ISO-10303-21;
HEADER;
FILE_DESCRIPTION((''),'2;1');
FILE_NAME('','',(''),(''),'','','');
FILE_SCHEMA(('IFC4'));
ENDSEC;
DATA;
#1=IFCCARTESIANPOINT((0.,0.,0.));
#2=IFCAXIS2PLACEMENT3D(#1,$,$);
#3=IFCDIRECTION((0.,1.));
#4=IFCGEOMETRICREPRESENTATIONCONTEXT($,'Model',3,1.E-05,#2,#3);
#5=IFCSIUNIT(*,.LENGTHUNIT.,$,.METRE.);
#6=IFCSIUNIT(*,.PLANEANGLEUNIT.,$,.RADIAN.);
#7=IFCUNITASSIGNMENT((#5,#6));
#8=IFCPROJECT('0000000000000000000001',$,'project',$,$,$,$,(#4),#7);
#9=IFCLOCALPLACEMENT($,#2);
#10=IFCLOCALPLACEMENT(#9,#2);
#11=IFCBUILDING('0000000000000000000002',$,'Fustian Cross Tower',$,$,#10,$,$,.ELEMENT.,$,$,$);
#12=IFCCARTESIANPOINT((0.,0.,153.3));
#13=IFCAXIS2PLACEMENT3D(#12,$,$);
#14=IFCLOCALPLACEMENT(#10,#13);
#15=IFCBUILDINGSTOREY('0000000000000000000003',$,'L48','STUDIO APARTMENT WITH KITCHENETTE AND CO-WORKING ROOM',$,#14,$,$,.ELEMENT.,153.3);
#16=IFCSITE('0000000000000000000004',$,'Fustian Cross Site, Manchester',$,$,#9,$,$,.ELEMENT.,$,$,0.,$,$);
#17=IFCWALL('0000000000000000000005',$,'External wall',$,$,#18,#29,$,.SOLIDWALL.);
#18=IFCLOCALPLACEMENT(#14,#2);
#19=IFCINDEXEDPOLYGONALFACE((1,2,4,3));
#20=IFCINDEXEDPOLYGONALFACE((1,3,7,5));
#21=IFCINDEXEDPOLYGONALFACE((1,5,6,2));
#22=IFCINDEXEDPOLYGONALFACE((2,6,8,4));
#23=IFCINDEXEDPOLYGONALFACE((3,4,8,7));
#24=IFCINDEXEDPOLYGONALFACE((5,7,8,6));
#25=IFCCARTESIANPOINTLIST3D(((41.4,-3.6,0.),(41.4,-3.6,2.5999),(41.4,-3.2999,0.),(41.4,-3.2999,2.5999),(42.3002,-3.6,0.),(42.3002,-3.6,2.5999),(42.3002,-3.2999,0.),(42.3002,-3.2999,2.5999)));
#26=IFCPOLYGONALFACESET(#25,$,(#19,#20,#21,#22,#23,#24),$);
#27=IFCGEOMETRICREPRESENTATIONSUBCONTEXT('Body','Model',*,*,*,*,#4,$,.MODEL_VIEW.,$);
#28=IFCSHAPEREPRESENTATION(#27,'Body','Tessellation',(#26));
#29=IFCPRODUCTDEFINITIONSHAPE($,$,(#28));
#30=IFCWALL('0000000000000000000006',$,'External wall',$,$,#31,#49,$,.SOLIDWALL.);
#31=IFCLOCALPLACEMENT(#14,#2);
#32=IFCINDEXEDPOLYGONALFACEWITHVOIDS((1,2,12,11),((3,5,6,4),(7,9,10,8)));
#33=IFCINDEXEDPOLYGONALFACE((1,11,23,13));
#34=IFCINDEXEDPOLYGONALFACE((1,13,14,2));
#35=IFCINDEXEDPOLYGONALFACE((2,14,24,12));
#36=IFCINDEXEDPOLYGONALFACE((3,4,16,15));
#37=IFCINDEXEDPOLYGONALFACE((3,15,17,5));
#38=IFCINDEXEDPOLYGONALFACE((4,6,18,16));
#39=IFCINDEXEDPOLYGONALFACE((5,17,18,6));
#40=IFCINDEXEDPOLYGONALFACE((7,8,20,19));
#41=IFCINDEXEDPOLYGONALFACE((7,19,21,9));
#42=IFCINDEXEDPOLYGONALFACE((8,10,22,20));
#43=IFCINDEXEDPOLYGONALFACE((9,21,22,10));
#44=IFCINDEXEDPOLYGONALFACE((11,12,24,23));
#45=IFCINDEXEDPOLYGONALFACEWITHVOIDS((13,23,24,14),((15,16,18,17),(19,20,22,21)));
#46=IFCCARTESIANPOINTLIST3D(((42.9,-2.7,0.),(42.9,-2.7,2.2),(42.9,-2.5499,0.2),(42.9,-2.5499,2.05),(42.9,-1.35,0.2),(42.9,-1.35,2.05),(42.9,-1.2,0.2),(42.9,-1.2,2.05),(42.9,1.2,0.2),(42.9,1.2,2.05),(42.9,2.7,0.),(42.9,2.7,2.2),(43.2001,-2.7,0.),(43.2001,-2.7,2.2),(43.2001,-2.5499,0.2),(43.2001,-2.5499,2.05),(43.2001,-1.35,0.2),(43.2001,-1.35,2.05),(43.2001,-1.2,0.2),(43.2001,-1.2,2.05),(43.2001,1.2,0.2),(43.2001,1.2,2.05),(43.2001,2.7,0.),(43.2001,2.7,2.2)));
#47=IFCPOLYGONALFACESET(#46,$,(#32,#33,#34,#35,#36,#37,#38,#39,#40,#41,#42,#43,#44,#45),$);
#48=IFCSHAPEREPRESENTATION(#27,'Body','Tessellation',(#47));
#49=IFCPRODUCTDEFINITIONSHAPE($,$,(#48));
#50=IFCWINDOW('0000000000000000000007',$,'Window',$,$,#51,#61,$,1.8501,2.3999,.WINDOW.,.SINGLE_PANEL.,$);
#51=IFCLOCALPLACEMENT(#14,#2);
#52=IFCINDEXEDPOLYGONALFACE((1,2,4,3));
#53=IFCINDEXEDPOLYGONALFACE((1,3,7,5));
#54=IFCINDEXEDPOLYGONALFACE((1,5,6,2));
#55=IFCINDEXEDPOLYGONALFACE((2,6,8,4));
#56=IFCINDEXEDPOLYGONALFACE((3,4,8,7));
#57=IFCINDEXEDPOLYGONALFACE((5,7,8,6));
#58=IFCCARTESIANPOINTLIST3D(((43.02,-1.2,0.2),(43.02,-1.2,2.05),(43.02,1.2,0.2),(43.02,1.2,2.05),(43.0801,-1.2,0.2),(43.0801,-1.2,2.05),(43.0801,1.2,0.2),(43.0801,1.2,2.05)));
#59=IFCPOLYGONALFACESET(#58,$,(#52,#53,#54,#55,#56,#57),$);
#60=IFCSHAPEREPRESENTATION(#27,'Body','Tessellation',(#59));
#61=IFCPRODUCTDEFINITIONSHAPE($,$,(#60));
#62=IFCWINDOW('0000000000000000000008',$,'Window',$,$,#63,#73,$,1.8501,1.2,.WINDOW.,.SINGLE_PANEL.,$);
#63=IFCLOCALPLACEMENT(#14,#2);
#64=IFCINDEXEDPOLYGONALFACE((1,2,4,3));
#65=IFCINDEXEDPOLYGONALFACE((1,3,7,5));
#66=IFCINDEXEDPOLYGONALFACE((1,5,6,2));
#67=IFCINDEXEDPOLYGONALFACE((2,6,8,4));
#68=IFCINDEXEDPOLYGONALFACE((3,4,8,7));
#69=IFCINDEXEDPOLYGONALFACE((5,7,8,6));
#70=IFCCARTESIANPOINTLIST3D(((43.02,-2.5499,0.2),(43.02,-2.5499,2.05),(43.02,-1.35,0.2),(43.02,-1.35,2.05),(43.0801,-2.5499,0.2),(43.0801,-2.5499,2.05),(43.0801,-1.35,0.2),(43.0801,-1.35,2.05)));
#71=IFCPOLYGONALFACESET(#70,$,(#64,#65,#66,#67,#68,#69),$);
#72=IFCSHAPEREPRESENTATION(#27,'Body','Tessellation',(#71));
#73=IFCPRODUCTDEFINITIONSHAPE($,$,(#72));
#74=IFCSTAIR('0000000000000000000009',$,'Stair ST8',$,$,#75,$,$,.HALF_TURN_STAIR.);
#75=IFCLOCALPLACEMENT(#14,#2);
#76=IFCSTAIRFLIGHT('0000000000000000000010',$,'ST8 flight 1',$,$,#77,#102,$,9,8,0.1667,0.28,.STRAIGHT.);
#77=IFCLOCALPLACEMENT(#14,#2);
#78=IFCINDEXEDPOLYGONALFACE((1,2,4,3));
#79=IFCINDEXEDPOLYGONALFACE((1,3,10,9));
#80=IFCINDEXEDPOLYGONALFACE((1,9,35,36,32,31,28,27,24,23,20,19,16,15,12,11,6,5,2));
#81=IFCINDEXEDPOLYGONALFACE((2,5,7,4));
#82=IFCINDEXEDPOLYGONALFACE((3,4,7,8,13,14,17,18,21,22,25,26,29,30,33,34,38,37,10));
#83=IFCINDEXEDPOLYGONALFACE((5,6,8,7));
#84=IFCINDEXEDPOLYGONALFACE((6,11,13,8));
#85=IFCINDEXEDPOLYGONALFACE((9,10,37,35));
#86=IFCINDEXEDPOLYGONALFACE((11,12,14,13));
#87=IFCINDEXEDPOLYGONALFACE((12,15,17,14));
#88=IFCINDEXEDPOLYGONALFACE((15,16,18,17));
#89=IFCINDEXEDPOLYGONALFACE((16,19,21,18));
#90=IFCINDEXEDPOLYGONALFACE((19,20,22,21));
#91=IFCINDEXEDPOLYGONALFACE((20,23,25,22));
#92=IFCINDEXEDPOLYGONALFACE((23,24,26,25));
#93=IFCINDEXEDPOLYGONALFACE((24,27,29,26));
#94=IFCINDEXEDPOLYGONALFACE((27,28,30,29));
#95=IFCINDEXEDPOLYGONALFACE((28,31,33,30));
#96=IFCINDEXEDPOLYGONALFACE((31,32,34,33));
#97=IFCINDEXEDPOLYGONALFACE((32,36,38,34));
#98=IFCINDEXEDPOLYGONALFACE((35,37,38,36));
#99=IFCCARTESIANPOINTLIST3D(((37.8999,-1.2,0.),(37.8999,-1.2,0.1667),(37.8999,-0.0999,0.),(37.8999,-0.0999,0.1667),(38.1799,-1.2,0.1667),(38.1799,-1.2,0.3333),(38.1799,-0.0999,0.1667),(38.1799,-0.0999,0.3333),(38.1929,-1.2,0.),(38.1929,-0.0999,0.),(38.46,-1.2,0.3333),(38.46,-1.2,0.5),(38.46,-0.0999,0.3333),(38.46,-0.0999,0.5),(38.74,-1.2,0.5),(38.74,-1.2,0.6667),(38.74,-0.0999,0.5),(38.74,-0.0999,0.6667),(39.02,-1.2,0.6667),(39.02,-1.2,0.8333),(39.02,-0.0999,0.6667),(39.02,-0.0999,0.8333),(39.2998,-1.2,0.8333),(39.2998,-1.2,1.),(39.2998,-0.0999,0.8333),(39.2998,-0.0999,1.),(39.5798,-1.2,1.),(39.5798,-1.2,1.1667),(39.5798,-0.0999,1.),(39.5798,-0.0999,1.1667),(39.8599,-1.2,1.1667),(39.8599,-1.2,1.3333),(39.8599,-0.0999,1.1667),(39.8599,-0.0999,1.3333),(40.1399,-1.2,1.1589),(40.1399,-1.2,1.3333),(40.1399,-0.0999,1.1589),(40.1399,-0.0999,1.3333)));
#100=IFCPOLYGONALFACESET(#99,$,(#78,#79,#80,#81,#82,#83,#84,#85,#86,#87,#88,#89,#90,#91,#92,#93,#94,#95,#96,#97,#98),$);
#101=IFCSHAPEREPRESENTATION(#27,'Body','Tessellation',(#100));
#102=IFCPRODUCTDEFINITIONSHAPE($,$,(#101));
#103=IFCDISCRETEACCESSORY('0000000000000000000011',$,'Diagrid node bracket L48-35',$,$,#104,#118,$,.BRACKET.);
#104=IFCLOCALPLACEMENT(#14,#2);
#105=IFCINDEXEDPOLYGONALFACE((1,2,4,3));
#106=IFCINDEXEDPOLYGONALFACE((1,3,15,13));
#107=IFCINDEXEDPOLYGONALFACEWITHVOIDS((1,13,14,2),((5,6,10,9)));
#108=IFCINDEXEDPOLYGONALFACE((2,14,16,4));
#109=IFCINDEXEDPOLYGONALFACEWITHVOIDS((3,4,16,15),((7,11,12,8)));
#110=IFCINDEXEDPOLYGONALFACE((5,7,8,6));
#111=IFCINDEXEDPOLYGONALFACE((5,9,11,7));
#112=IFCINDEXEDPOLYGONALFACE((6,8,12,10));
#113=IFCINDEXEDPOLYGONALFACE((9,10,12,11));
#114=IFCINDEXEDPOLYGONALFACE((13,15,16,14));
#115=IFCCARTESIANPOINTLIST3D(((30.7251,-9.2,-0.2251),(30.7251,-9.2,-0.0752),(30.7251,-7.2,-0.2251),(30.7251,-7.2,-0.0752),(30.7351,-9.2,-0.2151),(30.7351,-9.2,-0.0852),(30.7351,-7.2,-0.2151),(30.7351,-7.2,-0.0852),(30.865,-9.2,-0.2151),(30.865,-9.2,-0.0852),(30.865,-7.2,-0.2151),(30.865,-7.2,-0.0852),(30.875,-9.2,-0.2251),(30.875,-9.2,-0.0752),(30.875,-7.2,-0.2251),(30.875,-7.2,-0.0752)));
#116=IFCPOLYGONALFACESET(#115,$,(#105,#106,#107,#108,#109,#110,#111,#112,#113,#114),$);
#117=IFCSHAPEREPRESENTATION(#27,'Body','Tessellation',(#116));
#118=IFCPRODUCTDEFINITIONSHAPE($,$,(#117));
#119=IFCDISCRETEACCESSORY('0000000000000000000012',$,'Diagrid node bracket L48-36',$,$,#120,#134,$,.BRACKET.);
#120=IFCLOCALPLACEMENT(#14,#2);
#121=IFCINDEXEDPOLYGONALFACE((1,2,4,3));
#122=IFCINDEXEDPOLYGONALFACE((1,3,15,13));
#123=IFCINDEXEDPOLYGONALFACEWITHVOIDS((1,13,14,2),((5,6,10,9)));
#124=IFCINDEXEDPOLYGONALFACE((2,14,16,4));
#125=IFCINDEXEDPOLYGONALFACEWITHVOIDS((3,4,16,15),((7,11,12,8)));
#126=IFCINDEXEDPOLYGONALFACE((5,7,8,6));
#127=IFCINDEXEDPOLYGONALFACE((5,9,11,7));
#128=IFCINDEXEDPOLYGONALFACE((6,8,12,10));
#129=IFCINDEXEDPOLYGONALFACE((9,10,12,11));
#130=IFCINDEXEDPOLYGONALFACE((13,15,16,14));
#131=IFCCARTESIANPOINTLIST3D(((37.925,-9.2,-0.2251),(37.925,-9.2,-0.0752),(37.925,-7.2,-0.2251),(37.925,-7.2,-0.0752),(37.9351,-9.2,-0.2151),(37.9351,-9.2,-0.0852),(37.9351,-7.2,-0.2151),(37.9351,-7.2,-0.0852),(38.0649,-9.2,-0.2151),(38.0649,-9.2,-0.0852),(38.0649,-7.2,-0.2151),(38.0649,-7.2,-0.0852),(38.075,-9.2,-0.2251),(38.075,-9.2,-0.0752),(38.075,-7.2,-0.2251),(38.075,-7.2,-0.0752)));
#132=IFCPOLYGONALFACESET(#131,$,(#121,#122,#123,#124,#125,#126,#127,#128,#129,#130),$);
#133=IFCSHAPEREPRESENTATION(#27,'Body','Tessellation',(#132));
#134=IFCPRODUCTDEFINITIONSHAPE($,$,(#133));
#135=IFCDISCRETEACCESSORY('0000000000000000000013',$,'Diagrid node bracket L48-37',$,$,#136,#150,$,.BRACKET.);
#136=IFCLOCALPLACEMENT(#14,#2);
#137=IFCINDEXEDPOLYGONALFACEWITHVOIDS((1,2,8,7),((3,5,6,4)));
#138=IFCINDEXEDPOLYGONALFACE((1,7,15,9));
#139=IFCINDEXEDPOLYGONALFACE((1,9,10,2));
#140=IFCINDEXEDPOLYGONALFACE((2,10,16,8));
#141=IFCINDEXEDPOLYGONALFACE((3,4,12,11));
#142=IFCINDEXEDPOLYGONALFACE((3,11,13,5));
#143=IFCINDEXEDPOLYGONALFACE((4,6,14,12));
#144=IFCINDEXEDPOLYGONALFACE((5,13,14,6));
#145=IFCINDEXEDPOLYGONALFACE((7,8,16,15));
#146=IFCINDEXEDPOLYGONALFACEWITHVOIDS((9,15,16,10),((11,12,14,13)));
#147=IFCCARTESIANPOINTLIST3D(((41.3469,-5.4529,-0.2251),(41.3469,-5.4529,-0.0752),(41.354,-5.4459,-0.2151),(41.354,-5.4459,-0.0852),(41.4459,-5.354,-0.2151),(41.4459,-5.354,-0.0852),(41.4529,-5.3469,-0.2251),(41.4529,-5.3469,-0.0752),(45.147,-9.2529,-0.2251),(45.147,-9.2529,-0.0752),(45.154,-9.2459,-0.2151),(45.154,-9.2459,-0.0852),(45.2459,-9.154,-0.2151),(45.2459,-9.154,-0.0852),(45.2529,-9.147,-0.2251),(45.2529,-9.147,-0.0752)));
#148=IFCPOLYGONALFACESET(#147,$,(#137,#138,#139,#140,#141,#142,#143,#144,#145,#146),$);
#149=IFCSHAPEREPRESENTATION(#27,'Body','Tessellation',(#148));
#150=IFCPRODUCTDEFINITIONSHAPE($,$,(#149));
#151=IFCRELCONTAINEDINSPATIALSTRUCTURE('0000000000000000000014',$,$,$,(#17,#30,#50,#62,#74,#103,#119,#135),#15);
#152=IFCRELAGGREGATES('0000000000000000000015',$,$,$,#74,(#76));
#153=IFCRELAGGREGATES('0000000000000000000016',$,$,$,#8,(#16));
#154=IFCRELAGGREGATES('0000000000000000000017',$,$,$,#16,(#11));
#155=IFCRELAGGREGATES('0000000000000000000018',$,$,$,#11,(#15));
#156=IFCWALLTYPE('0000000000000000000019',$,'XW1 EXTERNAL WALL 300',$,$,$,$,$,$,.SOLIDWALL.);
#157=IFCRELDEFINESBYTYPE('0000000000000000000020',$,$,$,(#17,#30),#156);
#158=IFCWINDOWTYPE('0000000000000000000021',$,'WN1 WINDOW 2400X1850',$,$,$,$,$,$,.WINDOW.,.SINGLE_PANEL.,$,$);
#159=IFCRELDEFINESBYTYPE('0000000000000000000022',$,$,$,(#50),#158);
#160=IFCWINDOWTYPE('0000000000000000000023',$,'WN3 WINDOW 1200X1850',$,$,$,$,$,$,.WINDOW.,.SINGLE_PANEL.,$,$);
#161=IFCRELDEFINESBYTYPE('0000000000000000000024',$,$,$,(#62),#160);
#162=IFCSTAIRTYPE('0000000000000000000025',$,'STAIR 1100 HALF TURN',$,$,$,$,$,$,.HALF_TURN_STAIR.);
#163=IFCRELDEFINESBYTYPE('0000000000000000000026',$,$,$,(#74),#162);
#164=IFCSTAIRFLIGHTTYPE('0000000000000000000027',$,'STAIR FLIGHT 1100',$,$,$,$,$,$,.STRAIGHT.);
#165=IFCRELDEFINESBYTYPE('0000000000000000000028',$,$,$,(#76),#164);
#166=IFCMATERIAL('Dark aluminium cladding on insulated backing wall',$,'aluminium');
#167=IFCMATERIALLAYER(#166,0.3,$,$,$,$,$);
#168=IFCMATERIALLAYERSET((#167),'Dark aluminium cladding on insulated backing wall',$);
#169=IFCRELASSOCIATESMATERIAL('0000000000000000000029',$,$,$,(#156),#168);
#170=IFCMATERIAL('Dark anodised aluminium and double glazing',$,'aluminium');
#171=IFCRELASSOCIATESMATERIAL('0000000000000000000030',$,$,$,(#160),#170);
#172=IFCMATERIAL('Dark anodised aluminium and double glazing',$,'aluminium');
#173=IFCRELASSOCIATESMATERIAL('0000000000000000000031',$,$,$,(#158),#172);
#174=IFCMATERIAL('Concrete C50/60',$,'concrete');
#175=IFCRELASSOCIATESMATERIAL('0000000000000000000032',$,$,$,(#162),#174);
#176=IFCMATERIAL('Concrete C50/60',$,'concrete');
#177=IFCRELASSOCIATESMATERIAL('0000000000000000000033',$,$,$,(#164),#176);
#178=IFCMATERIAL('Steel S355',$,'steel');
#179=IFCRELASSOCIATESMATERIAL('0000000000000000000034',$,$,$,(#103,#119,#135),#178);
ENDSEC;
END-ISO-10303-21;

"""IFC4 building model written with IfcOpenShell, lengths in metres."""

from ifc_helpers import new_model, si_unit, direction, frame, frame_2d, origin, origin_2d, place, context, subcontext, project, spatial, polyline, rectangle, hollow_rectangle, outline, extrude, material, layer, layer_set, type_object, element, fill, aggregate, save


model = new_model("IFC4")

# Units and contexts
model_context = context("Model", 3, precision=1e-05, world=origin(), true_north=direction((0.0, 1.0)))
body_context = subcontext(model_context, "Body", "Model", "MODEL_VIEW")
ifc_project = project(units=[si_unit("LENGTHUNIT", "METRE"), si_unit("PLANEANGLEUNIT", "RADIAN")], contexts=[model_context])

# Site, building, storey
site_placement = place(None, origin())
site = spatial("IfcSite", under=ifc_project, at=site_placement, Name="Fustian Cross Site, Manchester", CompositionType="ELEMENT", RefElevation=0.0)
building_placement = place(site_placement, origin())
building = spatial("IfcBuilding", under=site, at=building_placement, Name="Fustian Cross Tower", CompositionType="ELEMENT")
storey_placement = place(building_placement, frame((0.0, 0.0, 153.3)))
storey = spatial("IfcBuildingStorey", under=building, at=storey_placement, Name="L48", Description="STUDIO APARTMENT WITH KITCHENETTE AND CO-WORKING ROOM", CompositionType="ELEMENT", Elevation=153.3)

# Shared definitions
ifc_material_1 = material(Name="Dark aluminium cladding on insulated backing wall", Category="aluminium")
ifc_layer_1 = layer(ifc_material_1, 0.3)
ifc_layer_set_1 = layer_set([ifc_layer_1], Name="Dark aluminium cladding on insulated backing wall")
wall_type_1 = type_object("IfcWallType", Name="XW1 EXTERNAL WALL 300", PredefinedType="SOLIDWALL", material=ifc_layer_set_1)
ifc_material_2 = material(Name="Dark anodised aluminium and double glazing", Category="aluminium")
window_type_1 = type_object("IfcWindowType", Name="WN3 WINDOW 1200X1850", PartitioningType="SINGLE_PANEL", PredefinedType="WINDOW", material=ifc_material_2)

# Wall
wall_1_placement = place(storey_placement, frame((41.3999, -3.45, 0.0), z_axis=(0.0, 0.0, 1.0), x_axis=(1.0, 0.0, 0.0)))
element("IfcWall", 1, at=wall_1_placement, inside=storey, type_object=wall_type_1, Name="External wall", PredefinedType="SOLIDWALL", context=body_context, shape_type="SweptSolid", body=[
    extrude(rectangle(XDim=0.9001, YDim=0.3, at=frame_2d((0.4502, 0.0))), origin(), (0.0, 0.0, 1.0), 2.5999),
])

# Wall, openings, windows
wall_2_placement = place(storey_placement, frame((43.05, -2.7, 0.0), z_axis=(0.0, 0.0, 1.0), x_axis=(0.0, 1.0, 0.0)))
wall_2 = element("IfcWall", 2, at=wall_2_placement, inside=storey, type_object=wall_type_1, Name="External wall", PredefinedType="SOLIDWALL", context=body_context, shape_type="SweptSolid", body=[
    extrude(rectangle(XDim=5.3999, YDim=0.3, at=frame_2d((2.7, 0.0))), origin(), (0.0, 0.0, 1.0), 2.2),
])
opening_1_placement = place(wall_2_placement, frame((1.5, 0.0, 0.2)))
opening_1 = element("IfcOpeningElement", 3, at=opening_1_placement, cuts=wall_2, PredefinedType="OPENING", context=body_context, shape_type="SweptSolid", body=[
    extrude(rectangle(XDim=2.3999, YDim=1.8501, at=frame_2d((1.2, 0.925))), frame((0.0, 0.1599, 0.0), z_axis=(0.0, -1.0, 0.0), x_axis=(1.0, 0.0, 0.0)), (0.0, 0.0, 1.0), 0.3201),
])
opening_2_placement = place(wall_2_placement, frame((0.1499, 0.0, 0.2)))
opening_2 = element("IfcOpeningElement", 4, at=opening_2_placement, cuts=wall_2, PredefinedType="OPENING", context=body_context, shape_type="SweptSolid", body=[
    extrude(rectangle(XDim=1.2, YDim=1.8501, at=frame_2d((0.6001, 0.925))), frame((0.0, 0.1599, 0.0), z_axis=(0.0, -1.0, 0.0), x_axis=(1.0, 0.0, 0.0)), (0.0, 0.0, 1.0), 0.3201),
])
ifc_material_3 = material(Name="Dark anodised aluminium and double glazing", Category="aluminium")
window_type_2 = type_object("IfcWindowType", Name="WN1 WINDOW 2400X1850", PartitioningType="SINGLE_PANEL", PredefinedType="WINDOW", material=ifc_material_3)
window_1_placement = place(opening_1_placement, origin())
window_1 = element("IfcWindow", 5, at=window_1_placement, inside=storey, type_object=window_type_2, Name="Window", OverallHeight=1.8501, OverallWidth=2.3999, PartitioningType="SINGLE_PANEL", PredefinedType="WINDOW", context=body_context, shape_type="SweptSolid", body=[
    extrude(rectangle(XDim=2.3999, YDim=1.8501, at=frame_2d((1.2, 0.925))), frame((0.0, 0.03, 0.0), z_axis=(0.0, -1.0, 0.0), x_axis=(1.0, 0.0, 0.0)), (0.0, 0.0, 1.0), 0.0601),
])
fill(opening_1, window_1)
window_2_placement = place(opening_2_placement, origin())
window_2 = element("IfcWindow", 6, at=window_2_placement, inside=storey, type_object=window_type_1, Name="Window", OverallHeight=1.8501, OverallWidth=1.2, PartitioningType="SINGLE_PANEL", PredefinedType="WINDOW", context=body_context, shape_type="SweptSolid", body=[
    extrude(rectangle(XDim=1.2, YDim=1.8501, at=frame_2d((0.6001, 0.925))), frame((0.0, 0.03, 0.0), z_axis=(0.0, -1.0, 0.0), x_axis=(1.0, 0.0, 0.0)), (0.0, 0.0, 1.0), 0.0601),
])
fill(opening_2, window_2)

# Stair, stair flight
ifc_material_4 = material(Name="Concrete C50/60", Category="concrete")
stair_type = type_object("IfcStairType", Name="STAIR 1100 HALF TURN", PredefinedType="HALF_TURN_STAIR", material=ifc_material_4)
stair_placement = place(storey_placement, origin())
stair = element("IfcStair", 7, at=stair_placement, inside=storey, type_object=stair_type, Name="Stair ST8", PredefinedType="HALF_TURN_STAIR")
ifc_material_5 = material(Name="Concrete C50/60", Category="concrete")
stair_flight_type = type_object("IfcStairFlightType", Name="STAIR FLIGHT 1100", PredefinedType="STRAIGHT", material=ifc_material_5)
stair_flight_placement = place(storey_placement, frame((37.8999, -0.6499, 0.0), z_axis=(0.0, 0.0, 1.0), x_axis=(1.0, 0.0, 0.0)))
stair_flight = element("IfcStairFlight", 8, at=stair_flight_placement, type_object=stair_flight_type, Name="ST8 flight 1", NumberOfRisers=9, NumberOfTreads=8, PredefinedType="STRAIGHT", RiserHeight=0.1667, TreadLength=0.28, context=body_context, shape_type="SweptSolid", body=[
    extrude(outline(polyline([(0.0, 0.0), (0.0, 0.1667), (0.28, 0.1667), (0.28, 0.3333), (0.5601, 0.3333), (0.5601, 0.5), (0.8401, 0.5), (0.8401, 0.6667), (1.1201, 0.6667), (1.1201, 0.8333), (1.3999, 0.8333), (1.3999, 1.0), (1.6799, 1.0), (1.6799, 1.1667), (1.96, 1.1667), (1.96, 1.3333), (2.24, 1.3333), (2.24, 1.5), (2.24, 1.1589), (0.293, 0.0), (0.0, 0.0)])), frame((0.0, 0.55, 0.0), z_axis=(0.0, -1.0, 0.0), x_axis=(1.0, 0.0, 0.0)), (0.0, 0.0, 1.0), 1.1001),
])
aggregate(stair, [stair_flight])

# Discrete accessories
ifc_material_6 = material(Name="Steel S355", Category="steel")
for number, where, z_axis, x_axis, name in (
    (9, (30.8, -9.2, -0.1501), (0.0, 1.0, 0.0), (-1.0, 0.0, 0.0), "Diagrid node bracket L48-35"),
    (10, (38.0, -9.2, -0.1501), (0.0, 1.0, 0.0), (-1.0, 0.0, 0.0), "Diagrid node bracket L48-36"),
):
    element("IfcDiscreteAccessory", number, at=place(storey_placement, frame(where, z_axis=z_axis, x_axis=x_axis)), inside=storey, material=ifc_material_6, Name=name, PredefinedType="BRACKET", context=body_context, shape_type="SweptSolid", body=[
        extrude(hollow_rectangle(XDim=0.1499, YDim=0.1499, WallThickness=0.01, at=origin_2d()), origin(), (0.0, 0.0, 1.0), 2.0),
    ])
discrete_accessory_placement = place(storey_placement, frame((45.2, -9.2, -0.1501), z_axis=(-0.707107, 0.707107, 0.0), x_axis=(-0.707107, -0.707107, 0.0)))
element("IfcDiscreteAccessory", 11, at=discrete_accessory_placement, inside=storey, material=ifc_material_6, Name="Diagrid node bracket L48-37", PredefinedType="BRACKET", context=body_context, shape_type="SweptSolid", body=[
    extrude(hollow_rectangle(XDim=0.1499, YDim=0.1499, WallThickness=0.01, at=origin_2d()), origin(), (0.0, 0.0, 1.0), 5.374),
])

save(model, "model.ifc")
